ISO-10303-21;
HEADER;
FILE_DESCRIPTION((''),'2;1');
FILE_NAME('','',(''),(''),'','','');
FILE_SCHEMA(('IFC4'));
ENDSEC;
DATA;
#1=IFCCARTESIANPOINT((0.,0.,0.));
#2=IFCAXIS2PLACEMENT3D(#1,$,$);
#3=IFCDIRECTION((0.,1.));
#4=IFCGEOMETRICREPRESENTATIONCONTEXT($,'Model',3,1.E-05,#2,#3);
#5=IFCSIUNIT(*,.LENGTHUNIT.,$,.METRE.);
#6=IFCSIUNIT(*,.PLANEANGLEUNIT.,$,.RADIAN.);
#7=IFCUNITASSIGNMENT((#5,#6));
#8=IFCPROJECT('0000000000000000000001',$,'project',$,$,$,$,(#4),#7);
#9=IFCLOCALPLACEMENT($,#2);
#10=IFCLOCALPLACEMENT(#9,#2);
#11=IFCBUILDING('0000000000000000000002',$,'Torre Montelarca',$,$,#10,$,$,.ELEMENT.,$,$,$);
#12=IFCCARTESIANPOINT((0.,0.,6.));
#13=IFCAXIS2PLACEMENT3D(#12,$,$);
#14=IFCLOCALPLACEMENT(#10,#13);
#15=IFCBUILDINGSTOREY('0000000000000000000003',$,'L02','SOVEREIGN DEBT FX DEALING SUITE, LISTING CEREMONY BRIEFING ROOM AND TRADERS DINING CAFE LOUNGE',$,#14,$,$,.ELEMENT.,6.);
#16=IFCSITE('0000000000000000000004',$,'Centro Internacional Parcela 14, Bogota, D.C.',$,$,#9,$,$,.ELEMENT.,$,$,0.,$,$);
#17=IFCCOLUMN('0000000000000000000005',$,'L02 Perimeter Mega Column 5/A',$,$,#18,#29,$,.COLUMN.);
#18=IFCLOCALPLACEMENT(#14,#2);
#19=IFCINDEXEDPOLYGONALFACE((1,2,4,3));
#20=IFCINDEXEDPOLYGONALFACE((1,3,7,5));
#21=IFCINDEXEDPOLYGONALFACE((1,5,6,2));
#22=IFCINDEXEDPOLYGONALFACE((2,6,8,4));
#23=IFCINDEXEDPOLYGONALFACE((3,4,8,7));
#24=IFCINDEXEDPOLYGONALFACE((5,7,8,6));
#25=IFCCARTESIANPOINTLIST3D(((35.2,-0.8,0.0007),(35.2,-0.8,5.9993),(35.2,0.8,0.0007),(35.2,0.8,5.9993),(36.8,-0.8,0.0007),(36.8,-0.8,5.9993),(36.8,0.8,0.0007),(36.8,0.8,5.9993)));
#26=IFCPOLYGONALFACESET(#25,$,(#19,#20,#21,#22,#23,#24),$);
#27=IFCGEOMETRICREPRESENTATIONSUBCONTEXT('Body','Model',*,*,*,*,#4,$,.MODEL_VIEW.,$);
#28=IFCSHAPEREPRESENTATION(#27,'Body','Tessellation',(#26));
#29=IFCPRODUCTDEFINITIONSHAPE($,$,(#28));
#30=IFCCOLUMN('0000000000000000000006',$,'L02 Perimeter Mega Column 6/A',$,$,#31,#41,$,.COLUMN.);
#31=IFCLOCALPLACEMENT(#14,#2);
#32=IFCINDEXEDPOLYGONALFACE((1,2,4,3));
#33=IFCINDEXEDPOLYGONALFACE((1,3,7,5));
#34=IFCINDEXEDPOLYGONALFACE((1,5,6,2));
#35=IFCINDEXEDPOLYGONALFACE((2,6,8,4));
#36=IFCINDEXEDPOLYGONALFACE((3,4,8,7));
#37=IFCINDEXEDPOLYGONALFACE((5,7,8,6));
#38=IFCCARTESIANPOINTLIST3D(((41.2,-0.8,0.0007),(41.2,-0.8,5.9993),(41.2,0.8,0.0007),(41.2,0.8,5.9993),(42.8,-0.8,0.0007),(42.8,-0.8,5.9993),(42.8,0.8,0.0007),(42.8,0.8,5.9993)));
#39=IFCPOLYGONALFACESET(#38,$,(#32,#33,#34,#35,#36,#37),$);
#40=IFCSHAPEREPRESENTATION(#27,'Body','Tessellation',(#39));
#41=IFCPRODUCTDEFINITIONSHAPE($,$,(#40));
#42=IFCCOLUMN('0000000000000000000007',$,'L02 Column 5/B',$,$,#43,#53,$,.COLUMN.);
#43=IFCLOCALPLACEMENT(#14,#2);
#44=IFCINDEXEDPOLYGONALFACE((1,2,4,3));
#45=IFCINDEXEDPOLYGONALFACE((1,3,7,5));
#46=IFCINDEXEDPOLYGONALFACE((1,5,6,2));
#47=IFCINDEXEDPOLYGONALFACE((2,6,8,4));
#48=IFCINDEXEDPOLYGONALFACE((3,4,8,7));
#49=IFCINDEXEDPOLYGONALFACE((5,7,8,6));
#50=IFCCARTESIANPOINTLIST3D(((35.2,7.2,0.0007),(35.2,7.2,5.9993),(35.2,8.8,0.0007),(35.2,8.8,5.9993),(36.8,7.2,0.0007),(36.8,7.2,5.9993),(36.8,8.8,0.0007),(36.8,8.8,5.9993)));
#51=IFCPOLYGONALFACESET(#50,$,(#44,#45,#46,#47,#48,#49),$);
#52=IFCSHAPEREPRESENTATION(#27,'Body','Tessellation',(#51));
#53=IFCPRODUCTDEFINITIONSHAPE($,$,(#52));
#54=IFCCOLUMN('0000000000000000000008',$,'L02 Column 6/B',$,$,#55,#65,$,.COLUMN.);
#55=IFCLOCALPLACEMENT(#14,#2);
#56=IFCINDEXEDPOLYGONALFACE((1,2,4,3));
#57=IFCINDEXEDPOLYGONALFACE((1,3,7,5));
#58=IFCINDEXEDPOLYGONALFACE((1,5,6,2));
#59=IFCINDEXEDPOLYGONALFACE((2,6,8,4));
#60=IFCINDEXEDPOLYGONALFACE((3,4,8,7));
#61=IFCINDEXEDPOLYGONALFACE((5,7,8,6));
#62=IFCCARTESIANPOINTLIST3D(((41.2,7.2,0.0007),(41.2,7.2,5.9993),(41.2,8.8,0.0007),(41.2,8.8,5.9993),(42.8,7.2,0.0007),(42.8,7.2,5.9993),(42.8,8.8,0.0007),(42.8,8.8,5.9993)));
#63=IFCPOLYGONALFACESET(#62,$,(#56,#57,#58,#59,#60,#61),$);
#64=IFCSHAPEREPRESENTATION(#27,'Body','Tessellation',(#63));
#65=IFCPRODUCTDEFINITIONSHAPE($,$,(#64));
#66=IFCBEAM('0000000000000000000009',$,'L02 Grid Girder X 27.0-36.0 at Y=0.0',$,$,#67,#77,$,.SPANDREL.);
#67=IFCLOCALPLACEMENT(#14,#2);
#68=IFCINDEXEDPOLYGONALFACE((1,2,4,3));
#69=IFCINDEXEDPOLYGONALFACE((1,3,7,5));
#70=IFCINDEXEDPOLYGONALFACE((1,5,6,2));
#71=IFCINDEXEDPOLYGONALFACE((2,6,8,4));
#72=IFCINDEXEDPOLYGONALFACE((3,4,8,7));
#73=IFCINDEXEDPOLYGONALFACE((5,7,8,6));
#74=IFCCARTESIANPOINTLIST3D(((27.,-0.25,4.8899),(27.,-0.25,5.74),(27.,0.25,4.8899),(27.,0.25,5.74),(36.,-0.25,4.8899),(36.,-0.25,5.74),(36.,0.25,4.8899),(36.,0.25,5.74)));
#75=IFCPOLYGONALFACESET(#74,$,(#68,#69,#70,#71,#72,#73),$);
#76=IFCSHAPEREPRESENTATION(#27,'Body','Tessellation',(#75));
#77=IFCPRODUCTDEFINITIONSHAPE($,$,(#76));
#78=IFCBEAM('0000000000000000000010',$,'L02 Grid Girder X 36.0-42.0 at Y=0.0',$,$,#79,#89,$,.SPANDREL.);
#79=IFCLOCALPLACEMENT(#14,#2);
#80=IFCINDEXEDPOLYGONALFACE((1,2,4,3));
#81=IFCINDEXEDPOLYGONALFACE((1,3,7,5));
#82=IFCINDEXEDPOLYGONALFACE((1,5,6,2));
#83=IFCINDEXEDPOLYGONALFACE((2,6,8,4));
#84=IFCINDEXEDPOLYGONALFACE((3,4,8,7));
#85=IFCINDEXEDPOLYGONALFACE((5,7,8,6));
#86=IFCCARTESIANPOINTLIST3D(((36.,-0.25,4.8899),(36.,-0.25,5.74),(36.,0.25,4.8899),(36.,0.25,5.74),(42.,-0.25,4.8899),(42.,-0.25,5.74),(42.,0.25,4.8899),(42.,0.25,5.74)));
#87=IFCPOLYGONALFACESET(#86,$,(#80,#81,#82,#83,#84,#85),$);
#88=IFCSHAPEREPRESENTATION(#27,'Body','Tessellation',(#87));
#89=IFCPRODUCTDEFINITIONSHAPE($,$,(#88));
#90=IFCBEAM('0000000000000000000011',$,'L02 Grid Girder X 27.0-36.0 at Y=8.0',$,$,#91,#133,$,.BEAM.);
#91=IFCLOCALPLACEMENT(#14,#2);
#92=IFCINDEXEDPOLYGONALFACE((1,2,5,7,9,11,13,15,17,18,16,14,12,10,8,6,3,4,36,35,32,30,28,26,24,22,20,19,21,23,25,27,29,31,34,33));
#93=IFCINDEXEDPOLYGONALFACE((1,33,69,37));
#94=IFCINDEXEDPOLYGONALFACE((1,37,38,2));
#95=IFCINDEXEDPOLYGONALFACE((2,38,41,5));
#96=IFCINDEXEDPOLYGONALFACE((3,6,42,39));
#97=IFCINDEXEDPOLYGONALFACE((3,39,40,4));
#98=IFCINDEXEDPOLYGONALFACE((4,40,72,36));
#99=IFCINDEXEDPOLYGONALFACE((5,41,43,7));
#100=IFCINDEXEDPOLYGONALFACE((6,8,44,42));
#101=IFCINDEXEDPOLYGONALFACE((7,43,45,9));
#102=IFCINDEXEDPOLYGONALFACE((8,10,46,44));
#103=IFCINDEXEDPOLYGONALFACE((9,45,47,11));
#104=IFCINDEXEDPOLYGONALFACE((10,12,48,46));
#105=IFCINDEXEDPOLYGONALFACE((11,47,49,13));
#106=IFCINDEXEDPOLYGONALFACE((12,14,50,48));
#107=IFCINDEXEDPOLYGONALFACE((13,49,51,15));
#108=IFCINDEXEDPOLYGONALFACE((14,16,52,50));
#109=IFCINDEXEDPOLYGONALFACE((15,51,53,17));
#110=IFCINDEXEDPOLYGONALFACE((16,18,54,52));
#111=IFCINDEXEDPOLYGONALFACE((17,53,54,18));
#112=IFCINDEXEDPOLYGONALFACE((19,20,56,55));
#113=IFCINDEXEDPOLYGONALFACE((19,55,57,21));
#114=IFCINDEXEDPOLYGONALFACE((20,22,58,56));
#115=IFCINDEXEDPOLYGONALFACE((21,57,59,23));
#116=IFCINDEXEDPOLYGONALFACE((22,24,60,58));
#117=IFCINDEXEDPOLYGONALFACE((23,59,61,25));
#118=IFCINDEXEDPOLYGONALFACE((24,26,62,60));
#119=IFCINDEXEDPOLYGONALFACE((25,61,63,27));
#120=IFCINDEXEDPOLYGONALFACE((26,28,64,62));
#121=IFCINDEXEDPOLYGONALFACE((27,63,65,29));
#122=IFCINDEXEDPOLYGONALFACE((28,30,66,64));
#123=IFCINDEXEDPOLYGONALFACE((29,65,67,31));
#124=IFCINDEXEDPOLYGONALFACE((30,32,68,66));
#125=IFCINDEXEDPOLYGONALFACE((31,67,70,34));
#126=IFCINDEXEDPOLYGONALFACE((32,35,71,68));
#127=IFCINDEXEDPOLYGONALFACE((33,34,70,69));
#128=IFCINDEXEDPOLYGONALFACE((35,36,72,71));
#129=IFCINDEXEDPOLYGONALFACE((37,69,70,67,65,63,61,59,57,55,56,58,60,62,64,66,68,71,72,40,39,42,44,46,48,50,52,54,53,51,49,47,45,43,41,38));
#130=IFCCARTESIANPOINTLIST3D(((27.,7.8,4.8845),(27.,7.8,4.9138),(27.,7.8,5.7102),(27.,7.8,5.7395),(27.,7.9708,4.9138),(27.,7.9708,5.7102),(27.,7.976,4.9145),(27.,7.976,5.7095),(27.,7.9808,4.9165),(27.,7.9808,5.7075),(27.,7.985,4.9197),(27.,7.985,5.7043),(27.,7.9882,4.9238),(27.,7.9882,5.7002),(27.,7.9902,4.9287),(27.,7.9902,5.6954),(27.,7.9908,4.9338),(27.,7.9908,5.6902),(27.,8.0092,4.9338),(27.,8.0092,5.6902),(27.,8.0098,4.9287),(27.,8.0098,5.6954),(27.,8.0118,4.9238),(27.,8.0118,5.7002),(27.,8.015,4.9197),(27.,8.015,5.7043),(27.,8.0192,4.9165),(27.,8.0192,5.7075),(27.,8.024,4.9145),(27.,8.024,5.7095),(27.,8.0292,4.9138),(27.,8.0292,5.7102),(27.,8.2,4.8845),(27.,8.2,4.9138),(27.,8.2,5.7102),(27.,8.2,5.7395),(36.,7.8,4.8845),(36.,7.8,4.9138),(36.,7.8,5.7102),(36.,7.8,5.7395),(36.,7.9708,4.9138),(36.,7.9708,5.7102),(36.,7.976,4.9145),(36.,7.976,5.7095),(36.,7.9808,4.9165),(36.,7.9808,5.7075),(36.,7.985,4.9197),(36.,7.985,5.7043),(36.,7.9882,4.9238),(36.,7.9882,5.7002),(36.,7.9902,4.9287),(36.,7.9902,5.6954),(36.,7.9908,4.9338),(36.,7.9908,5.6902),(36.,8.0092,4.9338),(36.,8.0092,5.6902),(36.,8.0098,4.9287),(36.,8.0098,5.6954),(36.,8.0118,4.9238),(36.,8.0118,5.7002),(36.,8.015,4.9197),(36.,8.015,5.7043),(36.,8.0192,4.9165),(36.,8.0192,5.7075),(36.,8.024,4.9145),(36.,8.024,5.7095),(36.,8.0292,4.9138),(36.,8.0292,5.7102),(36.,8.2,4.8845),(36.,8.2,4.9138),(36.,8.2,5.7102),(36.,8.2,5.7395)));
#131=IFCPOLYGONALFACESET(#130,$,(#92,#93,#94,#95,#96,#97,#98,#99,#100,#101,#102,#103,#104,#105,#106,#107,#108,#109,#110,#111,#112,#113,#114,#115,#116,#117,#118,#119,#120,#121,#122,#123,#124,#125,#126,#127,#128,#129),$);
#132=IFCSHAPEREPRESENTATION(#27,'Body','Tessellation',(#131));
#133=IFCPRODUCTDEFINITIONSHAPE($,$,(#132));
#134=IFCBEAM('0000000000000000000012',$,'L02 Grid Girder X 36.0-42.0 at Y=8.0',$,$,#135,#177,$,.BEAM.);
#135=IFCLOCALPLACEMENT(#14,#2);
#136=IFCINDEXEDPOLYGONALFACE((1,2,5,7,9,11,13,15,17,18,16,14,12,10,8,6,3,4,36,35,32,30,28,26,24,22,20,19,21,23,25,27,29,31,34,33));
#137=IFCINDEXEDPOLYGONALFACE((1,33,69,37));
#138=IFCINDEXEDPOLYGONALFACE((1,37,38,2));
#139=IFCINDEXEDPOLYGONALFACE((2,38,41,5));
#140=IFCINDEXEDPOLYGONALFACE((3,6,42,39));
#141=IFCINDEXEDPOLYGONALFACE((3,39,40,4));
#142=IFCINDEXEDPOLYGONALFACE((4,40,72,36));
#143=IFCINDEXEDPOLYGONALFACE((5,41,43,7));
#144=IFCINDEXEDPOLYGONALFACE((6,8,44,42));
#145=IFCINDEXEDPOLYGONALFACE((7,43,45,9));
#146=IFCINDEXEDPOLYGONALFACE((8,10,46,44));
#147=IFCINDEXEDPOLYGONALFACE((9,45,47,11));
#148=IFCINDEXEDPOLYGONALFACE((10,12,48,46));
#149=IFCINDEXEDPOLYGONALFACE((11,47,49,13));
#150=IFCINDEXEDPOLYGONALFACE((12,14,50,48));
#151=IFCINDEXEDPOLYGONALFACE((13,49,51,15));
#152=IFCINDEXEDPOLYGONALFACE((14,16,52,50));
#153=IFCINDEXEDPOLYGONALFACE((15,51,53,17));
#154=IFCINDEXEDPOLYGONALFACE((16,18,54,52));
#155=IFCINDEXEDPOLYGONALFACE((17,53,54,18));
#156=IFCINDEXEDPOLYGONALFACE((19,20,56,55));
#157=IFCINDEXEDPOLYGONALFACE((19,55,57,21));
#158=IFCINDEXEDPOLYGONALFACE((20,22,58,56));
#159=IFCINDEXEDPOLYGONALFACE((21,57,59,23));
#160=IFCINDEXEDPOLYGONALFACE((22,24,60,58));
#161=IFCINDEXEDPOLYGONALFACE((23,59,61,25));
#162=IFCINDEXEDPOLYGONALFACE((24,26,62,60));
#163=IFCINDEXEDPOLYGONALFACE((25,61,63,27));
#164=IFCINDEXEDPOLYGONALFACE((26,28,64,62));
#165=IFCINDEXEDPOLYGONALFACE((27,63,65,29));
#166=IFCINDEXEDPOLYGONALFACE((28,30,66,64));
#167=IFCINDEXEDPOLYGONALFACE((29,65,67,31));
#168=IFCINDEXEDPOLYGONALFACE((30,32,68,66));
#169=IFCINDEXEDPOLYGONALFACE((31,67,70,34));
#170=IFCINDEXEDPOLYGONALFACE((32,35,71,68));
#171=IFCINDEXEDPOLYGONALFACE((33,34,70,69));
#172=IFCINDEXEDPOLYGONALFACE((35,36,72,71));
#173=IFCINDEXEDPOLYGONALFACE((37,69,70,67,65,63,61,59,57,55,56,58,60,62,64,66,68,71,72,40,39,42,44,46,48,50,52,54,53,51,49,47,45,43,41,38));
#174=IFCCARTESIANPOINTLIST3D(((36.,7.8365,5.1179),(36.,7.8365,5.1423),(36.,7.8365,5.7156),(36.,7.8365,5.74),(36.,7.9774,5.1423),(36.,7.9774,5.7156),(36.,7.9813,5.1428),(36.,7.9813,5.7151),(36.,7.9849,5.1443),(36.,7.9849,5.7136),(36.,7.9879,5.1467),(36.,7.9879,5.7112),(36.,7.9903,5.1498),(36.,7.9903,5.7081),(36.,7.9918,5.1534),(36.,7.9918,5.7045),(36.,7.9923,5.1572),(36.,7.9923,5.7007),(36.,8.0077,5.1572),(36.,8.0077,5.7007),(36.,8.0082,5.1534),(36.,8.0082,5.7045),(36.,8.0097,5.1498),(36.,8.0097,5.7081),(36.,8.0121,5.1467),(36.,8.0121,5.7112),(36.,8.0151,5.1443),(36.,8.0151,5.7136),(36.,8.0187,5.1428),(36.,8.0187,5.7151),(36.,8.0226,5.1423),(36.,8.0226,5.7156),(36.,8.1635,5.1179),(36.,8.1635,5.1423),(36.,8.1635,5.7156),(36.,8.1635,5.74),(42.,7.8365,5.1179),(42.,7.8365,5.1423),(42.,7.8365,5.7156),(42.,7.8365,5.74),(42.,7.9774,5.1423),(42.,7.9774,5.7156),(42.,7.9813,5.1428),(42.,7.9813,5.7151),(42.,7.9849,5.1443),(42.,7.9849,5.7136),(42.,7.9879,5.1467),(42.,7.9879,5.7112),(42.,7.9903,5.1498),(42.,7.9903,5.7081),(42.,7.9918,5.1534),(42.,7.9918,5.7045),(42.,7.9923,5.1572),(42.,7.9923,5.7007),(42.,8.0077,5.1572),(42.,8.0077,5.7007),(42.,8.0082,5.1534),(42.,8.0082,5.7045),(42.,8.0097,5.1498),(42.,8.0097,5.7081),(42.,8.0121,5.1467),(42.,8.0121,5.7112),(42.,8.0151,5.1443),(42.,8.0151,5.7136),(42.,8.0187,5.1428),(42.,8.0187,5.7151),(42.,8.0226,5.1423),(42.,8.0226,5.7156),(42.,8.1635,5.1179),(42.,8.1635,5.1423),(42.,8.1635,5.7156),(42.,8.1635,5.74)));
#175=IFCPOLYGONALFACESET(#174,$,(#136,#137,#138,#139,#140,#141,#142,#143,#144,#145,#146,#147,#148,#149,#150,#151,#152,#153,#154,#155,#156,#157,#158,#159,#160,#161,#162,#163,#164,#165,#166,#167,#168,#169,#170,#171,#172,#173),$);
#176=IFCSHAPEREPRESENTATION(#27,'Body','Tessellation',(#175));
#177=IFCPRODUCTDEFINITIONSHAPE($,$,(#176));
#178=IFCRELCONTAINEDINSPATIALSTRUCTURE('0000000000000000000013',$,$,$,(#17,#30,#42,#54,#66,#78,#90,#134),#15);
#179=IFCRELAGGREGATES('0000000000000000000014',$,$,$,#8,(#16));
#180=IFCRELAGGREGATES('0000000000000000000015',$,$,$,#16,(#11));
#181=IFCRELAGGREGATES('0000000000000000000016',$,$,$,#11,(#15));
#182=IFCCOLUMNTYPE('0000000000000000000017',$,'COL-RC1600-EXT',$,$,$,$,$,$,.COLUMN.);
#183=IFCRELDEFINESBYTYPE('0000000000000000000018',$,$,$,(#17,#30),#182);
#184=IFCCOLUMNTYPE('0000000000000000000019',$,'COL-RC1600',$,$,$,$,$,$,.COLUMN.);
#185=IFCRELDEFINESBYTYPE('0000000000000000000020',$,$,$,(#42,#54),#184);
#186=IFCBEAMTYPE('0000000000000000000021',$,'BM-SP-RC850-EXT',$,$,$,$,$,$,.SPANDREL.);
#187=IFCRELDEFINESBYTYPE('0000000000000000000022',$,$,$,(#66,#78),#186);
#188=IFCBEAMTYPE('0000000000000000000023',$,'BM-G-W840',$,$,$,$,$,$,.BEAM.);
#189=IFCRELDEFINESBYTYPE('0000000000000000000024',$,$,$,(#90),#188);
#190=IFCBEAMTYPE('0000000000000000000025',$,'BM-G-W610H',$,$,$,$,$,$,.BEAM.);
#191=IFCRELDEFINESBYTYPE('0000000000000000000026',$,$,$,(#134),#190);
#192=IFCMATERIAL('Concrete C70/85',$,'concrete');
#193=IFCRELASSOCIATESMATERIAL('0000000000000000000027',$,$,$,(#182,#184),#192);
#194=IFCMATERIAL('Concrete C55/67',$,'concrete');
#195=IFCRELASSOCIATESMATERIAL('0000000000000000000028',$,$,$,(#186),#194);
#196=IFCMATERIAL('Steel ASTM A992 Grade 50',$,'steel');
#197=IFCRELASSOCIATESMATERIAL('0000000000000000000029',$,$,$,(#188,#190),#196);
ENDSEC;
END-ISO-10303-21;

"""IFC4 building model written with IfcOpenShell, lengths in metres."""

from ifc_helpers import new_model, si_unit, direction, frame, origin, origin_2d, place, context, subcontext, project, spatial, rectangle, i_section, extrude, source, transform, mapped, material, material_profile, profile_set, type_object, element, save


model = new_model("IFC4")

# Units and contexts
model_context = context("Model", 3, precision=1e-05, world=origin(), true_north=direction((0.0, 1.0)))
body_context = subcontext(model_context, "Body", "Model", "MODEL_VIEW")
ifc_project = project(units=[si_unit("LENGTHUNIT", "METRE"), si_unit("PLANEANGLEUNIT", "RADIAN")], contexts=[model_context])

# Site, building, storey
site_placement = place(None, origin())
site = spatial("IfcSite", under=ifc_project, at=site_placement, Name="Centro Internacional Parcela 14, Bogota, D.C.", CompositionType="ELEMENT", RefElevation=0.0)
building_placement = place(site_placement, origin())
building = spatial("IfcBuilding", under=site, at=building_placement, Name="Torre Montelarca", CompositionType="ELEMENT")
storey_placement = place(building_placement, frame((0.0, 0.0, 6.0)))
storey = spatial("IfcBuildingStorey", under=building, at=storey_placement, Name="L02", Description="SOVEREIGN DEBT FX DEALING SUITE, LISTING CEREMONY BRIEFING ROOM AND TRADERS DINING CAFE LOUNGE", CompositionType="ELEMENT", Elevation=6.0)

# Columns
ifc_material_1 = material(Name="Concrete C70/85", Category="concrete")
ifc_material_profile_1 = material_profile(ifc_material_1, rectangle(XDim=1.6001, YDim=1.6001, at=origin_2d()), Name="RC1600X1600", Category="concrete")
ifc_profile_set_1 = profile_set([ifc_material_profile_1], Name="Concrete C70/85")
column_type_1 = type_object("IfcColumnType", Name="COL-RC1600-EXT", PredefinedType="COLUMN", material=ifc_profile_set_1)
shared_shape_1 = source(origin(), body_context, "Body", "SweptSolid", [
    extrude(rectangle(XDim=1.6001, YDim=1.6001, at=origin_2d()), origin(), (0.0, 0.0, 1.0), 5.9985),
])
for number, where, z_axis, x_axis, name in (
    (1, (36.0, 0.0, 0.0007), (0.0, 0.0, 1.0), (1.0, 0.0, 0.0), "L02 Perimeter Mega Column 5/A"),
    (2, (42.0, 0.0, 0.0007), (0.0, 0.0, 1.0), (1.0, 0.0, 0.0), "L02 Perimeter Mega Column 6/A"),
):
    element("IfcColumn", number, at=place(storey_placement, frame(where, z_axis=z_axis, x_axis=x_axis)), inside=storey, type_object=column_type_1, Name=name, PredefinedType="COLUMN", context=body_context, shape_type="MappedRepresentation", body=[
        mapped(shared_shape_1, transform((0.0, 0.0, 0.0), scale=1.0)),
    ])
ifc_material_profile_2 = material_profile(ifc_material_1, rectangle(XDim=1.6001, YDim=1.6001, at=origin_2d()), Name="RC1600X1600", Category="concrete")
ifc_profile_set_2 = profile_set([ifc_material_profile_2], Name="Concrete C70/85")
column_type_2 = type_object("IfcColumnType", Name="COL-RC1600", PredefinedType="COLUMN", material=ifc_profile_set_2)
shared_shape_2 = source(origin(), body_context, "Body", "SweptSolid", [
    extrude(rectangle(XDim=1.6001, YDim=1.6001, at=origin_2d()), origin(), (0.0, 0.0, 1.0), 5.9985),
])
for number, where, z_axis, x_axis, name in (
    (3, (36.0, 8.0, 0.0007), (0.0, 0.0, 1.0), (1.0, 0.0, 0.0), "L02 Column 5/B"),
    (4, (42.0, 8.0, 0.0007), (0.0, 0.0, 1.0), (1.0, 0.0, 0.0), "L02 Column 6/B"),
):
    element("IfcColumn", number, at=place(storey_placement, frame(where, z_axis=z_axis, x_axis=x_axis)), inside=storey, type_object=column_type_2, Name=name, PredefinedType="COLUMN", context=body_context, shape_type="MappedRepresentation", body=[
        mapped(shared_shape_2, transform((0.0, 0.0, 0.0), scale=1.0)),
    ])

# Beams
ifc_material_2 = material(Name="Concrete C55/67", Category="concrete")
ifc_material_profile_3 = material_profile(ifc_material_2, rectangle(XDim=0.5, YDim=0.8501, at=origin_2d()), Name="RCB500X850", Category="concrete")
ifc_profile_set_3 = profile_set([ifc_material_profile_3], Name="Concrete C55/67")
beam_type_1 = type_object("IfcBeamType", Name="BM-SP-RC850-EXT", PredefinedType="SPANDREL", material=ifc_profile_set_3)
shared_shape_3 = source(origin(), body_context, "Body", "SweptSolid", [
    extrude(rectangle(XDim=0.5, YDim=0.8501, at=origin_2d()), origin(), (0.0, 0.0, 1.0), 9.0),
])
beam_1_placement = place(storey_placement, frame((27.0, 0.0, 5.3149), z_axis=(1.0, 0.0, 0.0), x_axis=(0.0, 1.0, 0.0)))
element("IfcBeam", 5, at=beam_1_placement, inside=storey, type_object=beam_type_1, Name="L02 Grid Girder X 27.0-36.0 at Y=0.0", PredefinedType="SPANDREL", context=body_context, shape_type="MappedRepresentation", body=[
    mapped(shared_shape_3, transform((0.0, 0.0, 0.0), scale=1.0)),
])
shared_shape_4 = source(origin(), body_context, "Body", "SweptSolid", [
    extrude(rectangle(XDim=0.5, YDim=0.8501, at=origin_2d()), origin(), (0.0, 0.0, 1.0), 6.0),
])
beam_2_placement = place(storey_placement, frame((36.0, 0.0, 5.3149), z_axis=(1.0, 0.0, 0.0), x_axis=(0.0, 1.0, 0.0)))
element("IfcBeam", 6, at=beam_2_placement, inside=storey, type_object=beam_type_1, Name="L02 Grid Girder X 36.0-42.0 at Y=0.0", PredefinedType="SPANDREL", context=body_context, shape_type="MappedRepresentation", body=[
    mapped(shared_shape_4, transform((0.0, 0.0, 0.0), scale=1.0)),
])
ifc_material_3 = material(Name="Steel ASTM A992 Grade 50", Category="steel")
ifc_material_profile_4 = material_profile(ifc_material_3, i_section(OverallWidth=0.3999, OverallDepth=0.855, WebThickness=0.0183, FlangeThickness=0.0293, FilletRadius=0.02, at=origin_2d()), Name="W840X299", Category="steel")
ifc_profile_set_4 = profile_set([ifc_material_profile_4], Name="Steel ASTM A992 Grade 50")
beam_type_2 = type_object("IfcBeamType", Name="BM-G-W840", PredefinedType="BEAM", material=ifc_profile_set_4)
shared_shape_5 = source(origin(), body_context, "Body", "SweptSolid", [
    extrude(i_section(OverallWidth=0.3999, OverallDepth=0.855, WebThickness=0.0183, FlangeThickness=0.0293, FilletRadius=0.02, at=origin_2d()), origin(), (0.0, 0.0, 1.0), 9.0),
])
beam_3_placement = place(storey_placement, frame((27.0, 8.0, 5.312), z_axis=(1.0, 0.0, 0.0), x_axis=(0.0, 1.0, 0.0)))
element("IfcBeam", 7, at=beam_3_placement, inside=storey, type_object=beam_type_2, Name="L02 Grid Girder X 27.0-36.0 at Y=8.0", PredefinedType="BEAM", context=body_context, shape_type="MappedRepresentation", body=[
    mapped(shared_shape_5, transform((0.0, 0.0, 0.0), scale=1.0)),
])
ifc_material_profile_5 = material_profile(ifc_material_3, i_section(OverallWidth=0.3269, OverallDepth=0.6221, WebThickness=0.0154, FlangeThickness=0.0244, FilletRadius=0.0149, at=origin_2d()), Name="W610X195", Category="steel")
ifc_profile_set_5 = profile_set([ifc_material_profile_5], Name="Steel ASTM A992 Grade 50")
beam_type_3 = type_object("IfcBeamType", Name="BM-G-W610H", PredefinedType="BEAM", material=ifc_profile_set_5)
shared_shape_6 = source(origin(), body_context, "Body", "SweptSolid", [
    extrude(i_section(OverallWidth=0.3269, OverallDepth=0.6221, WebThickness=0.0154, FlangeThickness=0.0244, FilletRadius=0.0149, at=origin_2d()), origin(), (0.0, 0.0, 1.0), 6.0),
])
for number, where, z_axis, x_axis, name in (
    (8, (36.0, 8.0, 5.429), (1.0, 0.0, 0.0), (0.0, 1.0, 0.0), "L02 Grid Girder X 36.0-42.0 at Y=8.0"),
):
    element("IfcBeam", number, at=place(storey_placement, frame(where, z_axis=z_axis, x_axis=x_axis)), inside=storey, type_object=beam_type_3, Name=name, PredefinedType="BEAM", context=body_context, shape_type="MappedRepresentation", body=[
        mapped(shared_shape_6, transform((0.0, 0.0, 0.0), scale=1.0)),
    ])

save(model, "model.ifc")
